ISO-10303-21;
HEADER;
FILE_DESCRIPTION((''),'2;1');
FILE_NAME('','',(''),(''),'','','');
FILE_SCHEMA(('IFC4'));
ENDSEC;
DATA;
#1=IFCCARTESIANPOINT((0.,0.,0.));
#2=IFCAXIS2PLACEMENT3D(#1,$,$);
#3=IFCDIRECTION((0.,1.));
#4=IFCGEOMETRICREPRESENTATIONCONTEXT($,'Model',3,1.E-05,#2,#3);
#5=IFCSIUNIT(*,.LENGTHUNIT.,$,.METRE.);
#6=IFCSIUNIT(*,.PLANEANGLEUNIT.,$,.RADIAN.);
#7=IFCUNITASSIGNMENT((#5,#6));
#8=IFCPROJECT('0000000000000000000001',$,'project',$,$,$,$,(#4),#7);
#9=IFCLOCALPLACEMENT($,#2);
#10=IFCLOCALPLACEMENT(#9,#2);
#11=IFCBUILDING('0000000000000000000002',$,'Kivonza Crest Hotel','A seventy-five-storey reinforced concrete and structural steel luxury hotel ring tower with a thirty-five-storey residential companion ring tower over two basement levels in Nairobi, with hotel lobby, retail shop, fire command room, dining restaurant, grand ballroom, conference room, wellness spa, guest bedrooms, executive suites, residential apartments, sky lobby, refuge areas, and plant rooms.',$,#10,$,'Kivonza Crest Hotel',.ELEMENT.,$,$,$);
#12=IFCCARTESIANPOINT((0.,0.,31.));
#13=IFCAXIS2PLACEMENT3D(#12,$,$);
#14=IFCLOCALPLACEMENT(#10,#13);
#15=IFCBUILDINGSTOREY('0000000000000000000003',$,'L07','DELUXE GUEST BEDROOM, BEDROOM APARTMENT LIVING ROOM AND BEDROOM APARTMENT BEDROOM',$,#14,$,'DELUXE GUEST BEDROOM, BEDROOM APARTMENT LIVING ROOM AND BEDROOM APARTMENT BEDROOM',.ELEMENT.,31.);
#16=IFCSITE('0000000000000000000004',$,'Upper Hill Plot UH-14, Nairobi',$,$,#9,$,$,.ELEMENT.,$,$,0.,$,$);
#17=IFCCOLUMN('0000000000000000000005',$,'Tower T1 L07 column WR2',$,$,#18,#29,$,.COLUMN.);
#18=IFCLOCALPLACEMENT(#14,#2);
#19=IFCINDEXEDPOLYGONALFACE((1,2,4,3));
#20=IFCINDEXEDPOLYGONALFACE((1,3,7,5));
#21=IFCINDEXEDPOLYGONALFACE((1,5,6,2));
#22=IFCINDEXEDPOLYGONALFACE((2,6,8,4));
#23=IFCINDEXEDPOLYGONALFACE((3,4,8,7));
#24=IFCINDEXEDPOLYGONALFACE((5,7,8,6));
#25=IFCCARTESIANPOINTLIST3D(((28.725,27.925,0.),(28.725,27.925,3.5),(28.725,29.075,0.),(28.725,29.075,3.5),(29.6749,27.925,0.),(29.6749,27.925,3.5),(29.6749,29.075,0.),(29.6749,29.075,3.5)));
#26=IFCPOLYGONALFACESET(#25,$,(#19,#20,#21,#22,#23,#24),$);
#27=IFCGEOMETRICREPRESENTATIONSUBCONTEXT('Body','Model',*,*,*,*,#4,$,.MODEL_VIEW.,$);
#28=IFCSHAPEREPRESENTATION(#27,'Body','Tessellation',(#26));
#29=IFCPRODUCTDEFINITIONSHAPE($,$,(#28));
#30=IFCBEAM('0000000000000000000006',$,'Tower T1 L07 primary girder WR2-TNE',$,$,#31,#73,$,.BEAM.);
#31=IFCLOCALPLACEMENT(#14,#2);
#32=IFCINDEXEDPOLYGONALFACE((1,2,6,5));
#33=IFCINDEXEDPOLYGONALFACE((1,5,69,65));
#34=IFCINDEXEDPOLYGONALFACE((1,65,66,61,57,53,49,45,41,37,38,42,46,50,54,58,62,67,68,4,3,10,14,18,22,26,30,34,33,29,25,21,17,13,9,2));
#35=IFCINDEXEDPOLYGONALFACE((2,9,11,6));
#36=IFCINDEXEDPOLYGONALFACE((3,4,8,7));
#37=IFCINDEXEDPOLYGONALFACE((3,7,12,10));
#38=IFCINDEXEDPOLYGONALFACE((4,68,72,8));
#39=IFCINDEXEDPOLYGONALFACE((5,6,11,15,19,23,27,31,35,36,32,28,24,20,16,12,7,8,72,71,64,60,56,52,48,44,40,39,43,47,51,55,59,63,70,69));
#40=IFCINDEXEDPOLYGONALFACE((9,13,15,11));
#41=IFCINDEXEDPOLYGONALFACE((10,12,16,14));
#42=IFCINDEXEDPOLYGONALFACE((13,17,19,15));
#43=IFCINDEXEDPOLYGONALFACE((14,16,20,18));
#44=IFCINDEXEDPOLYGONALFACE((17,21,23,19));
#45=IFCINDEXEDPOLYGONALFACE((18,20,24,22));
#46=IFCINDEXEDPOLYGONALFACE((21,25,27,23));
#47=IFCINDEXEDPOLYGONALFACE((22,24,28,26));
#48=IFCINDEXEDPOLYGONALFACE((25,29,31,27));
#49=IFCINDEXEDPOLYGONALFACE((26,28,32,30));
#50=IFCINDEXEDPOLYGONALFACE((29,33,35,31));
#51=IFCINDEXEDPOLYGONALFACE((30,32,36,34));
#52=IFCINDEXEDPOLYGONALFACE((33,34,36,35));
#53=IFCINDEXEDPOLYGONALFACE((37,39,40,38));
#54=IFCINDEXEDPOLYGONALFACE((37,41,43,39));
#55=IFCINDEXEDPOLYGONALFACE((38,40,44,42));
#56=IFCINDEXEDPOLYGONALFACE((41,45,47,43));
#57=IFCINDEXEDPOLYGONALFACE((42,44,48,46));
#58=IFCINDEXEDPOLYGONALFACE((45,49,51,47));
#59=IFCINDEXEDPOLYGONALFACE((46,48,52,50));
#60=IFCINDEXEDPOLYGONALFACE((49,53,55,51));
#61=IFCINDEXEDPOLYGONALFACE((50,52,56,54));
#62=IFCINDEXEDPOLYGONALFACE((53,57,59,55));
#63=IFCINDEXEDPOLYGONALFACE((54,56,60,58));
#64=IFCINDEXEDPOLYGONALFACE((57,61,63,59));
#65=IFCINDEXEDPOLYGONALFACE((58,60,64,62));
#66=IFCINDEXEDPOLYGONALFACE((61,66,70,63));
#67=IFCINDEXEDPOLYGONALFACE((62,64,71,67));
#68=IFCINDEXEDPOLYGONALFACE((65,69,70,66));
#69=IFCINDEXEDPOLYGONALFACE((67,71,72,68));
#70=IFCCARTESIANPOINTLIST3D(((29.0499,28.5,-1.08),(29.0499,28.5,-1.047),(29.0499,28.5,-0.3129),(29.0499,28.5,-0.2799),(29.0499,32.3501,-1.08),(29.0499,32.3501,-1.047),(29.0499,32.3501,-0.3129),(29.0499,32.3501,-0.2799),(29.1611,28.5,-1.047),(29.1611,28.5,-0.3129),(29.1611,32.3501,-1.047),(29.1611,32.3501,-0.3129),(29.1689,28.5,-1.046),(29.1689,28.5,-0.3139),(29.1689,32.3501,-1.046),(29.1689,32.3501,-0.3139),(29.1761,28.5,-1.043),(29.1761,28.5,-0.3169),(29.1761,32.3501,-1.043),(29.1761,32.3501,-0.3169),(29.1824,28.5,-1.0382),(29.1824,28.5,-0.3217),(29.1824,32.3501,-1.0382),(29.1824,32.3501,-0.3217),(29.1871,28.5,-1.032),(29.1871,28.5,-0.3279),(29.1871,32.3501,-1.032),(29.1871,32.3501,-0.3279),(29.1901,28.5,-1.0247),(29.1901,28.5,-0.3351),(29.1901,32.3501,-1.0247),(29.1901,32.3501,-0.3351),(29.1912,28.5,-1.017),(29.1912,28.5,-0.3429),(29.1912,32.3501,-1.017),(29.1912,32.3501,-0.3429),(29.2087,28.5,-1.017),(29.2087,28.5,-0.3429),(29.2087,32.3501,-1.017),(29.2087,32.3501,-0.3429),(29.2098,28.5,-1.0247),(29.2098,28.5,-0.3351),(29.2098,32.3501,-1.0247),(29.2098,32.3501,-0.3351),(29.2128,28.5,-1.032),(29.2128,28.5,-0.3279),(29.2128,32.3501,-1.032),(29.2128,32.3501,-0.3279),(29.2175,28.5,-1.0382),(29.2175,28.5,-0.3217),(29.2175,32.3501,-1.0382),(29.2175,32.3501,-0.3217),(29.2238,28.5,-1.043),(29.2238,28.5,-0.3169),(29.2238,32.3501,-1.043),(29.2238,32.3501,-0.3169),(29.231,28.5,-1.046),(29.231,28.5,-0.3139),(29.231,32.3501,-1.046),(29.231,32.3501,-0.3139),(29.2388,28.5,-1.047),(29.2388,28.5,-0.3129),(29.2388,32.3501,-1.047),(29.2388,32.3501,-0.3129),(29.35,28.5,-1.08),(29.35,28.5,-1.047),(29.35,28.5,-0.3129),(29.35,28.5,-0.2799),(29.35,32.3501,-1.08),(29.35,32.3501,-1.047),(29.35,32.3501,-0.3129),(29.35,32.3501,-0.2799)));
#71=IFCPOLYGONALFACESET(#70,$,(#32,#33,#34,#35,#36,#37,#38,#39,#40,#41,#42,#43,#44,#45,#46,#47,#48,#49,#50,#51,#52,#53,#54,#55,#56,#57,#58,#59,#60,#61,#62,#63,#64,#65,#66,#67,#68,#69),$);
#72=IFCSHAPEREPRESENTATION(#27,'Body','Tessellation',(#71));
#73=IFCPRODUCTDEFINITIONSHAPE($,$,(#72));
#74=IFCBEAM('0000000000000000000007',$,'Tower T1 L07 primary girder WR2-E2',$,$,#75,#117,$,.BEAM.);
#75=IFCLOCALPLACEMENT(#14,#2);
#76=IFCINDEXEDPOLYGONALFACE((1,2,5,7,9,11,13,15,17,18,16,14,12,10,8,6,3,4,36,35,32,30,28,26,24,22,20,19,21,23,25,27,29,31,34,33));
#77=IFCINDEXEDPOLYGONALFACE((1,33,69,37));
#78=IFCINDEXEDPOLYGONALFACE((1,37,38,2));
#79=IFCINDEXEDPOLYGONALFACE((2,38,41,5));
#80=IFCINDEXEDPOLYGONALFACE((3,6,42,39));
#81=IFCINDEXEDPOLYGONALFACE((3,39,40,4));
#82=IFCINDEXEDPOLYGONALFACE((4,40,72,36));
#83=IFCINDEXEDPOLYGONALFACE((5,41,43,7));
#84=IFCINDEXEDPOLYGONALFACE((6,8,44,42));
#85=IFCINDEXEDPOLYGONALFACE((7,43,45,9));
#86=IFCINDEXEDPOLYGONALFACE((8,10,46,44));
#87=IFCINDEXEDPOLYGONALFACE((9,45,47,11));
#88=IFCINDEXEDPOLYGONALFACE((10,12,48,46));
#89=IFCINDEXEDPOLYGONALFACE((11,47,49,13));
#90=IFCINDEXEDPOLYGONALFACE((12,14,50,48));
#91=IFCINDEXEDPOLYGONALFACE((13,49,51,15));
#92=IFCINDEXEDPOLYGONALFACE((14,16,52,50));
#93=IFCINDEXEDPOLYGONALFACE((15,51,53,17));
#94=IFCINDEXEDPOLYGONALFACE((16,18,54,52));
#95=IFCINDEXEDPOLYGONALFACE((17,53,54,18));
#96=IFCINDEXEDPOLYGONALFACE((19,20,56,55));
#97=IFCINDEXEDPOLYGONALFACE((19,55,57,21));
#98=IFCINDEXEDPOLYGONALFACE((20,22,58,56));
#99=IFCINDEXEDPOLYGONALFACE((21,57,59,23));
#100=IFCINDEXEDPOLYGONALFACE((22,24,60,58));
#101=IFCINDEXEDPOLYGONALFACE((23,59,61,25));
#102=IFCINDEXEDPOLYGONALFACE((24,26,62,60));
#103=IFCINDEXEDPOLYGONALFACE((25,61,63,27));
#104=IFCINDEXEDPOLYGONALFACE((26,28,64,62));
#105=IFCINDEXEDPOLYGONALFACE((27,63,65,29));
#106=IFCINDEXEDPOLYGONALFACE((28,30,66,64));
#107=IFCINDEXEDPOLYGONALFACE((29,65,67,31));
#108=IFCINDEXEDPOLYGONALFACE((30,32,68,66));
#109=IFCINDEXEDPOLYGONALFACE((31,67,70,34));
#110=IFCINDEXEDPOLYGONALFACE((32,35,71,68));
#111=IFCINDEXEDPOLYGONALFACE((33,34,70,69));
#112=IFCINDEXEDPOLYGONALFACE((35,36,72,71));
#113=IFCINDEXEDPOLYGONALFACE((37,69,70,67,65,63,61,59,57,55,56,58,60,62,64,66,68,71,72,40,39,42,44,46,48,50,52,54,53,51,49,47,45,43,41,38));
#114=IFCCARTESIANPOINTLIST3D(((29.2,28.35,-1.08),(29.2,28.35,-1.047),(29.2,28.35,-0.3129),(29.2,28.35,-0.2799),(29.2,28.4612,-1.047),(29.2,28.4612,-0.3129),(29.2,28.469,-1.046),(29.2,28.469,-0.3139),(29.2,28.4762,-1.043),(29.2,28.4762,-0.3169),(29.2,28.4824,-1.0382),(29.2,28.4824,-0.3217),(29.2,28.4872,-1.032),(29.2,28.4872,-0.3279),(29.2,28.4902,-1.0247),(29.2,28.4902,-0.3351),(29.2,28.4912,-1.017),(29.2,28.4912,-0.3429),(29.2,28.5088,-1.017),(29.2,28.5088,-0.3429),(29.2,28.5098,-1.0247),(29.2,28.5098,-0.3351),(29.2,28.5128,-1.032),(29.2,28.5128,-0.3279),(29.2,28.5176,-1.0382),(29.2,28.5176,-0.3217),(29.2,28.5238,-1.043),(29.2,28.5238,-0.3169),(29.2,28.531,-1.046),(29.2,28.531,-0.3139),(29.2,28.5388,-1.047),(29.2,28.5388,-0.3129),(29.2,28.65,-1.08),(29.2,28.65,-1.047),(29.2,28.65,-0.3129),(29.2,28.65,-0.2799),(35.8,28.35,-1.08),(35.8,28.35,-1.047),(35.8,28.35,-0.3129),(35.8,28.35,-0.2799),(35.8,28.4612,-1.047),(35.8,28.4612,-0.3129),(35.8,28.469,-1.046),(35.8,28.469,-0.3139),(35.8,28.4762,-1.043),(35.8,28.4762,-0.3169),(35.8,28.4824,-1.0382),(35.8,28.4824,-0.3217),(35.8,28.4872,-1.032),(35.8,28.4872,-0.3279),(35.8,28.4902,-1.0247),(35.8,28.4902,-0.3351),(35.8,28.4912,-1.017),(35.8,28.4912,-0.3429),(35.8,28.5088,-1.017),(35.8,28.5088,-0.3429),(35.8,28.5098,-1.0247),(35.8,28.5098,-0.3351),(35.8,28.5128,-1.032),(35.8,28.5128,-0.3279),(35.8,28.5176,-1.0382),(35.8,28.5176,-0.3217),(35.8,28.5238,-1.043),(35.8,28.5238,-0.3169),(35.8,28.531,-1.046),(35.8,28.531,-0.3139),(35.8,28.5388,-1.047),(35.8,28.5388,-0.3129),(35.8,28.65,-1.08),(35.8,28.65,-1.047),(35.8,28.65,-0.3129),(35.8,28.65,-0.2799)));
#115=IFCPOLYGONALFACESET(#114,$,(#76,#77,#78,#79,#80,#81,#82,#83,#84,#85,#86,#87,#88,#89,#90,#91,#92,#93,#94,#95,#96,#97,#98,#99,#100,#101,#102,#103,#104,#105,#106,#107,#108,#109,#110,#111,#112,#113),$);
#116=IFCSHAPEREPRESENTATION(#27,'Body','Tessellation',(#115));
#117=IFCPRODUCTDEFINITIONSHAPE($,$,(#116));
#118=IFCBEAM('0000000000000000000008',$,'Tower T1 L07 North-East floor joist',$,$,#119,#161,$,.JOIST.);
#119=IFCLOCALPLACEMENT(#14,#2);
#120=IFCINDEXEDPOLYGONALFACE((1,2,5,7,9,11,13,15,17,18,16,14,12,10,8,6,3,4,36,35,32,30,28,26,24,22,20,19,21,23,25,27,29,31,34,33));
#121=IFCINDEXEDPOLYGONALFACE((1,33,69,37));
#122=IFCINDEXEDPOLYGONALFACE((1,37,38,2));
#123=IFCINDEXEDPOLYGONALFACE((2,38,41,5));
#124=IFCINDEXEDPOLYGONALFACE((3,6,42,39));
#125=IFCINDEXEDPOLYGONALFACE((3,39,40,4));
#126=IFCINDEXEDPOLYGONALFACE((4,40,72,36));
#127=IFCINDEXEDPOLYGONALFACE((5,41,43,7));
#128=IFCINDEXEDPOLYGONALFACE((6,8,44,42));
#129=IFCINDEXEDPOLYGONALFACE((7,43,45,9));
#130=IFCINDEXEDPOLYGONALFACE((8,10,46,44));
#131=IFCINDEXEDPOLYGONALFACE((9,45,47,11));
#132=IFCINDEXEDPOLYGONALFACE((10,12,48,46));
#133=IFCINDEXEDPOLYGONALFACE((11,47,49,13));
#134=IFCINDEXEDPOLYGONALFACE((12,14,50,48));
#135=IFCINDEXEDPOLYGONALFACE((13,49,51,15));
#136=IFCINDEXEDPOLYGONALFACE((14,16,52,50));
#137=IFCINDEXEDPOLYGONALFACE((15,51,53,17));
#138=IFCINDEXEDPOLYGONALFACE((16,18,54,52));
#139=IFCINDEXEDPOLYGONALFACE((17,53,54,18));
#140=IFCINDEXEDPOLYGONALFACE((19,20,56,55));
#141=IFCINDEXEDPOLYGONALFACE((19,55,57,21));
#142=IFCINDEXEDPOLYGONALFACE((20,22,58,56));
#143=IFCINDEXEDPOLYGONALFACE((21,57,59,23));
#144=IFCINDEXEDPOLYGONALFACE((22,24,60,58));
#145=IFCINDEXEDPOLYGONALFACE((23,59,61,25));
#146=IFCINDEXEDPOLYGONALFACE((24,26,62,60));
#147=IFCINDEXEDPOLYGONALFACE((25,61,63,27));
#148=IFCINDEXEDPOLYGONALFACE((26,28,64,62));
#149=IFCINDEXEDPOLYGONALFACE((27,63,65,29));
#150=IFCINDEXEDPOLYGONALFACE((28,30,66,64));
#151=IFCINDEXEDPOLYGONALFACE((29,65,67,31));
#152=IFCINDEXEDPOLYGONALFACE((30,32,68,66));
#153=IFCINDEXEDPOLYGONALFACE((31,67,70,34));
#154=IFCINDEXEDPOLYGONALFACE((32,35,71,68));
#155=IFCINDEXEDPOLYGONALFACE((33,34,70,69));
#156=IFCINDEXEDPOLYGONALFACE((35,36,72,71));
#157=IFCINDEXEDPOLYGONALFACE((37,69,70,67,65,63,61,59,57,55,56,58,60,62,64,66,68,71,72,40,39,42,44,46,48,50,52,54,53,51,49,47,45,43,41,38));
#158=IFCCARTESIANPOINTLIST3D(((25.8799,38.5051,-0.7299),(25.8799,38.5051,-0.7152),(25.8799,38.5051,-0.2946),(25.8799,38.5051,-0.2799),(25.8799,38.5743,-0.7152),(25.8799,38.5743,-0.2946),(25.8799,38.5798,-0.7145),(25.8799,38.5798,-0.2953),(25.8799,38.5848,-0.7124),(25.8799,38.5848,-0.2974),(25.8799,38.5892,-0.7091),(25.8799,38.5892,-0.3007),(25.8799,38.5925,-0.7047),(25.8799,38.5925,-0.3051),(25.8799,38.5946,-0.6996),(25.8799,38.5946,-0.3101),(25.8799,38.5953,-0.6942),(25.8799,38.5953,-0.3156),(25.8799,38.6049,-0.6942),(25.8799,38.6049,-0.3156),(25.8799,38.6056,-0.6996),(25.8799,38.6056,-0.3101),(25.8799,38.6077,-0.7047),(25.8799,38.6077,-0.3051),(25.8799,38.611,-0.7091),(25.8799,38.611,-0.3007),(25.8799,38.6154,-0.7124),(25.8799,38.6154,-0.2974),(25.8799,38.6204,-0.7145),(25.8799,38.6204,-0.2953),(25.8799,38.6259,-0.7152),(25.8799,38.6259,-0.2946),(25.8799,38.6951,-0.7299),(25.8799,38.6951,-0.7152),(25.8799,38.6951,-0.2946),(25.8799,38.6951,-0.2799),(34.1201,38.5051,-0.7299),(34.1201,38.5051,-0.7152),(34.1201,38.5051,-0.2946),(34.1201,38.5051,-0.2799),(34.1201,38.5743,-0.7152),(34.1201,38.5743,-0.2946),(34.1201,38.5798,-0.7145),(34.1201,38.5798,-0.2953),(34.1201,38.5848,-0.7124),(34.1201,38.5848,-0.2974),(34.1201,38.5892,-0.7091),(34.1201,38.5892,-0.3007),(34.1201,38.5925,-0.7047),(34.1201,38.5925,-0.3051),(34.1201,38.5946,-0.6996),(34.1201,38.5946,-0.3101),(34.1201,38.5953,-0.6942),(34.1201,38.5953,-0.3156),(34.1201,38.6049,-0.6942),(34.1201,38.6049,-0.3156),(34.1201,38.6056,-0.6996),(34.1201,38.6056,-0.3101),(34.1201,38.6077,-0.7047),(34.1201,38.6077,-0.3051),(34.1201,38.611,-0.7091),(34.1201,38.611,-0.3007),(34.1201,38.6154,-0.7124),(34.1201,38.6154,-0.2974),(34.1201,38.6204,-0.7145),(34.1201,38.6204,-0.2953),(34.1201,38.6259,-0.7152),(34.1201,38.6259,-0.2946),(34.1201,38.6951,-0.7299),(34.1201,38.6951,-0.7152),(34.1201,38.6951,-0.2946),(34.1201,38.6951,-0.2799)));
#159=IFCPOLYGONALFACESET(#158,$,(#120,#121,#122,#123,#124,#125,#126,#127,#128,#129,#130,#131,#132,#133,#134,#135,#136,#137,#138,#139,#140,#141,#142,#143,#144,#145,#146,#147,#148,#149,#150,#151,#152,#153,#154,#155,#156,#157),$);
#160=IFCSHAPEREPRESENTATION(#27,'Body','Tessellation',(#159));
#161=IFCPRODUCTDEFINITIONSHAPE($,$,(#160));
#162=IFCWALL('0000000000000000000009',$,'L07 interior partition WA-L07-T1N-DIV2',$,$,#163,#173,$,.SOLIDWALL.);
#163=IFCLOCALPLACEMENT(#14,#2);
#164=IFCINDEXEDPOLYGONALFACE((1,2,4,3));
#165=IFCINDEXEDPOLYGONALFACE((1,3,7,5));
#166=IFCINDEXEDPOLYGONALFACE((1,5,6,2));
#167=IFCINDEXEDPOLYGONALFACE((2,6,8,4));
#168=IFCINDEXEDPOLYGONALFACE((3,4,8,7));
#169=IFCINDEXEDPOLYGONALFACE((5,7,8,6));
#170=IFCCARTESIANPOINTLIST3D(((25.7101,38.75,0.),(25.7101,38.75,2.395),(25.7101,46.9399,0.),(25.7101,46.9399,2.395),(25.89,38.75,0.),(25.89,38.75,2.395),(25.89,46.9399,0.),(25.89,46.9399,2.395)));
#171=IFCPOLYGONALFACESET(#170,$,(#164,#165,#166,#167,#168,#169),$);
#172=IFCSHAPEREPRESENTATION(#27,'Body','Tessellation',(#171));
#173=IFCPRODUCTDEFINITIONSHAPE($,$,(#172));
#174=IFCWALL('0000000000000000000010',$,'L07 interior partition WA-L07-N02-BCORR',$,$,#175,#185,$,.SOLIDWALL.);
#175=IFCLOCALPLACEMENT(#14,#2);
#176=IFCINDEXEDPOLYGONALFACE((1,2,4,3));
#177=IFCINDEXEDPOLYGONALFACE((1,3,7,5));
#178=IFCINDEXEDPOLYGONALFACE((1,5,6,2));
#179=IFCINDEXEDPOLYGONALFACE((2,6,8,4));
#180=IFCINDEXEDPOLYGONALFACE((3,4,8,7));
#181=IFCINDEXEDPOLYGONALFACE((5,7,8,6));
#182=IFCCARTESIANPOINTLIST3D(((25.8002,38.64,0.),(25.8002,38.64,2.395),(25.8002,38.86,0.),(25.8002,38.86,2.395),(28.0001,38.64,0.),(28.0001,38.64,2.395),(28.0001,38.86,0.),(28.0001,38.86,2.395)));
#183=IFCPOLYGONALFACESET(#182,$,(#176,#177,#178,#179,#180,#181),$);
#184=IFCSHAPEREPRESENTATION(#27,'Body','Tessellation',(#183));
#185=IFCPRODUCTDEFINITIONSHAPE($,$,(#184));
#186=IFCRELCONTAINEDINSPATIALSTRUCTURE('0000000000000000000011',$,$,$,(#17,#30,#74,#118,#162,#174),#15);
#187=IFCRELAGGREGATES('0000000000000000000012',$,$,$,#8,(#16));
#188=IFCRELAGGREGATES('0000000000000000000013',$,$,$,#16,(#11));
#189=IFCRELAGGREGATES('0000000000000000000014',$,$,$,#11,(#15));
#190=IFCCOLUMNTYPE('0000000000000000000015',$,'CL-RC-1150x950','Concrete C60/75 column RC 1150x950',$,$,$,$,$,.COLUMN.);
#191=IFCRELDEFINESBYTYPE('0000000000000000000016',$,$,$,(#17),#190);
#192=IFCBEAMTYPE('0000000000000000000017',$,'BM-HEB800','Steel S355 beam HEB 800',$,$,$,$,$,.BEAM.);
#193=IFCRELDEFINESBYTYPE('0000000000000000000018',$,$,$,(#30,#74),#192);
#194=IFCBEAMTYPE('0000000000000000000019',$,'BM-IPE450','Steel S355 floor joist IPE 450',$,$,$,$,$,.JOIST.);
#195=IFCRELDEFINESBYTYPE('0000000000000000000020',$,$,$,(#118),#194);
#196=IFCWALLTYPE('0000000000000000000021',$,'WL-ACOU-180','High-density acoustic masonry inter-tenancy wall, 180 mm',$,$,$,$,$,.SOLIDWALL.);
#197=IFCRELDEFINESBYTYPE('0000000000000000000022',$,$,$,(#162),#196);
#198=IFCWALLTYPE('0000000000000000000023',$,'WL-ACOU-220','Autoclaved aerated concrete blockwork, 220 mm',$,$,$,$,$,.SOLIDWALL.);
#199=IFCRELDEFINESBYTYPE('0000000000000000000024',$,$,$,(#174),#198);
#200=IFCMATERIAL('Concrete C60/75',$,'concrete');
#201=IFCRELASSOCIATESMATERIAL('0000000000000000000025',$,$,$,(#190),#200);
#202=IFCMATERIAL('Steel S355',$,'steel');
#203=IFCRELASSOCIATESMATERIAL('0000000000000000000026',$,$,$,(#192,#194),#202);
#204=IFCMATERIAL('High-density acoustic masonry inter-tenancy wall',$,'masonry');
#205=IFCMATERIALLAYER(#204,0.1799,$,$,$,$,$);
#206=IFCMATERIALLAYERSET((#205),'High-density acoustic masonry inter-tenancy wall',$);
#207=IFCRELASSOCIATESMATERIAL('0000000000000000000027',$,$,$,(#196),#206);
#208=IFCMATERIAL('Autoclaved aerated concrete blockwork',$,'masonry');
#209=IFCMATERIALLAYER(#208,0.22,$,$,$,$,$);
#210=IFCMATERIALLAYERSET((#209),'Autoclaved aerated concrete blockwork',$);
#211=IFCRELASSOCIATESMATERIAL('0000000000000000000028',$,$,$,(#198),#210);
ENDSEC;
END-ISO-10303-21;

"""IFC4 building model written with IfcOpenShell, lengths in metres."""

from ifc_helpers import new_model, si_unit, direction, frame, frame_2d, origin, origin_2d, place, context, subcontext, project, spatial, rectangle, i_section, extrude, material, layer, layer_set, material_profile, profile_set, type_object, element, save


model = new_model("IFC4")

# Units and contexts
model_context = context("Model", 3, precision=1e-05, world=origin(), true_north=direction((0.0, 1.0)))
body_context = subcontext(model_context, "Body", "Model", "MODEL_VIEW")
ifc_project = project(units=[si_unit("LENGTHUNIT", "METRE"), si_unit("PLANEANGLEUNIT", "RADIAN")], contexts=[model_context])

# Site, building, storey
site_placement = place(None, origin())
site = spatial("IfcSite", under=ifc_project, at=site_placement, Name="Upper Hill Plot UH-14, Nairobi", CompositionType="ELEMENT", RefElevation=0.0)
building_placement = place(site_placement, origin())
building = spatial("IfcBuilding", under=site, at=building_placement, Name="Kivonza Crest Hotel", Description="A seventy-five-storey reinforced concrete and structural steel luxury hotel ring tower with a thirty-five-storey residential companion ring tower over two basement levels in Nairobi, with hotel lobby, retail shop, fire command room, dining restaurant, grand ballroom, conference room, wellness spa, guest bedrooms, executive suites, residential apartments, sky lobby, refuge areas, and plant rooms.", LongName="Kivonza Crest Hotel", CompositionType="ELEMENT")
storey_placement = place(building_placement, frame((0.0, 0.0, 31.0)))
storey = spatial("IfcBuildingStorey", under=building, at=storey_placement, Name="L07", Description="DELUXE GUEST BEDROOM, BEDROOM APARTMENT LIVING ROOM AND BEDROOM APARTMENT BEDROOM", LongName="DELUXE GUEST BEDROOM, BEDROOM APARTMENT LIVING ROOM AND BEDROOM APARTMENT BEDROOM", CompositionType="ELEMENT", Elevation=31.0)

# Column
ifc_material_1 = material(Name="Concrete C60/75", Category="concrete")
ifc_material_profile_1 = material_profile(ifc_material_1, rectangle(XDim=0.95, YDim=1.1499, at=origin_2d()), Name="RC 1150x950")
ifc_profile_set_1 = profile_set([ifc_material_profile_1], Name="Concrete C60/75")
column_type = type_object("IfcColumnType", Name="CL-RC-1150x950", Description="Concrete C60/75 column RC 1150x950", PredefinedType="COLUMN", material=ifc_profile_set_1)
column_placement = place(storey_placement, frame((29.2, 28.5, 0.0), z_axis=(0.0, 0.0, 1.0), x_axis=(1.0, 0.0, 0.0)))
element("IfcColumn", 1, at=column_placement, inside=storey, type_object=column_type, Name="Tower T1 L07 column WR2", PredefinedType="COLUMN", context=body_context, shape_type="SweptSolid", body=[
    extrude(rectangle(XDim=0.95, YDim=1.1499, at=origin_2d()), origin(), (0.0, 0.0, 1.0), 3.5),
])

# Beams
ifc_material_2 = material(Name="Steel S355", Category="steel")
ifc_material_profile_2 = material_profile(ifc_material_2, i_section(OverallWidth=0.3, OverallDepth=0.8, WebThickness=0.0176, FlangeThickness=0.033, FilletRadius=0.03, at=origin_2d()), Name="HEB 800")
ifc_profile_set_2 = profile_set([ifc_material_profile_2], Name="Steel S355")
beam_type_1 = type_object("IfcBeamType", Name="BM-HEB800", Description="Steel S355 beam HEB 800", PredefinedType="BEAM", material=ifc_profile_set_2)
beam_1_placement = place(storey_placement, frame((29.2, 28.5, -0.6799), z_axis=(0.0, 1.0, 0.0), x_axis=(-1.0, 0.0, 0.0)))
element("IfcBeam", 2, at=beam_1_placement, inside=storey, type_object=beam_type_1, Name="Tower T1 L07 primary girder WR2-TNE", PredefinedType="BEAM", context=body_context, shape_type="SweptSolid", body=[
    extrude(i_section(OverallWidth=0.3, OverallDepth=0.8, WebThickness=0.0176, FlangeThickness=0.033, FilletRadius=0.03, at=origin_2d()), origin(), (0.0, 0.0, 1.0), 3.8501),
])
beam_2_placement = place(storey_placement, frame((29.2, 28.5, -0.6799), z_axis=(1.0, 0.0, 0.0), x_axis=(0.0, 1.0, 0.0)))
element("IfcBeam", 3, at=beam_2_placement, inside=storey, type_object=beam_type_1, Name="Tower T1 L07 primary girder WR2-E2", PredefinedType="BEAM", context=body_context, shape_type="SweptSolid", body=[
    extrude(i_section(OverallWidth=0.3, OverallDepth=0.8, WebThickness=0.0176, FlangeThickness=0.033, FilletRadius=0.03, at=origin_2d()), origin(), (0.0, 0.0, 1.0), 6.6001),
])
ifc_material_profile_3 = material_profile(ifc_material_2, i_section(OverallWidth=0.1899, OverallDepth=0.45, WebThickness=0.0095, FlangeThickness=0.0146, FilletRadius=0.021, at=origin_2d()), Name="IPE 450")
ifc_profile_set_3 = profile_set([ifc_material_profile_3], Name="Steel S355")
beam_type_2 = type_object("IfcBeamType", Name="BM-IPE450", Description="Steel S355 floor joist IPE 450", PredefinedType="JOIST", material=ifc_profile_set_3)
beam_3_placement = place(storey_placement, frame((25.8799, 38.6001, -0.5049), z_axis=(1.0, 0.0, 0.0), x_axis=(0.0, 1.0, 0.0)))
element("IfcBeam", 4, at=beam_3_placement, inside=storey, type_object=beam_type_2, Name="Tower T1 L07 North-East floor joist", PredefinedType="JOIST", context=body_context, shape_type="SweptSolid", body=[
    extrude(i_section(OverallWidth=0.1899, OverallDepth=0.45, WebThickness=0.0095, FlangeThickness=0.0146, FilletRadius=0.021, at=origin_2d()), origin(), (0.0, 0.0, 1.0), 8.2402),
])

# Walls
ifc_material_3 = material(Name="High-density acoustic masonry inter-tenancy wall", Category="masonry")
ifc_layer_1 = layer(ifc_material_3, 0.1799)
ifc_layer_set_1 = layer_set([ifc_layer_1], Name="High-density acoustic masonry inter-tenancy wall")
wall_type_1 = type_object("IfcWallType", Name="WL-ACOU-180", Description="High-density acoustic masonry inter-tenancy wall, 180 mm", PredefinedType="SOLIDWALL", material=ifc_layer_set_1)
wall_1_placement = place(storey_placement, frame((25.8, 38.75, 0.0), z_axis=(0.0, 0.0, 1.0), x_axis=(0.0, 1.0, 0.0)))
element("IfcWall", 5, at=wall_1_placement, inside=storey, type_object=wall_type_1, Name="L07 interior partition WA-L07-T1N-DIV2", PredefinedType="SOLIDWALL", context=body_context, shape_type="SweptSolid", body=[
    extrude(rectangle(XDim=8.1899, YDim=0.1799, at=frame_2d((4.095, 0.0))), origin(), (0.0, 0.0, 1.0), 2.395),
])
ifc_material_4 = material(Name="Autoclaved aerated concrete blockwork", Category="masonry")
ifc_layer_2 = layer(ifc_material_4, 0.22)
ifc_layer_set_2 = layer_set([ifc_layer_2], Name="Autoclaved aerated concrete blockwork")
wall_type_2 = type_object("IfcWallType", Name="WL-ACOU-220", Description="Autoclaved aerated concrete blockwork, 220 mm", PredefinedType="SOLIDWALL", material=ifc_layer_set_2)
wall_2_placement = place(storey_placement, frame((25.8, 38.75, 0.0), z_axis=(0.0, 0.0, 1.0), x_axis=(1.0, 0.0, 0.0)))
element("IfcWall", 6, at=wall_2_placement, inside=storey, type_object=wall_type_2, Name="L07 interior partition WA-L07-N02-BCORR", PredefinedType="SOLIDWALL", context=body_context, shape_type="SweptSolid", body=[
    extrude(rectangle(XDim=2.2, YDim=0.22, at=frame_2d((1.1001, 0.0))), origin(), (0.0, 0.0, 1.0), 2.395),
])

save(model, "model.ifc")
